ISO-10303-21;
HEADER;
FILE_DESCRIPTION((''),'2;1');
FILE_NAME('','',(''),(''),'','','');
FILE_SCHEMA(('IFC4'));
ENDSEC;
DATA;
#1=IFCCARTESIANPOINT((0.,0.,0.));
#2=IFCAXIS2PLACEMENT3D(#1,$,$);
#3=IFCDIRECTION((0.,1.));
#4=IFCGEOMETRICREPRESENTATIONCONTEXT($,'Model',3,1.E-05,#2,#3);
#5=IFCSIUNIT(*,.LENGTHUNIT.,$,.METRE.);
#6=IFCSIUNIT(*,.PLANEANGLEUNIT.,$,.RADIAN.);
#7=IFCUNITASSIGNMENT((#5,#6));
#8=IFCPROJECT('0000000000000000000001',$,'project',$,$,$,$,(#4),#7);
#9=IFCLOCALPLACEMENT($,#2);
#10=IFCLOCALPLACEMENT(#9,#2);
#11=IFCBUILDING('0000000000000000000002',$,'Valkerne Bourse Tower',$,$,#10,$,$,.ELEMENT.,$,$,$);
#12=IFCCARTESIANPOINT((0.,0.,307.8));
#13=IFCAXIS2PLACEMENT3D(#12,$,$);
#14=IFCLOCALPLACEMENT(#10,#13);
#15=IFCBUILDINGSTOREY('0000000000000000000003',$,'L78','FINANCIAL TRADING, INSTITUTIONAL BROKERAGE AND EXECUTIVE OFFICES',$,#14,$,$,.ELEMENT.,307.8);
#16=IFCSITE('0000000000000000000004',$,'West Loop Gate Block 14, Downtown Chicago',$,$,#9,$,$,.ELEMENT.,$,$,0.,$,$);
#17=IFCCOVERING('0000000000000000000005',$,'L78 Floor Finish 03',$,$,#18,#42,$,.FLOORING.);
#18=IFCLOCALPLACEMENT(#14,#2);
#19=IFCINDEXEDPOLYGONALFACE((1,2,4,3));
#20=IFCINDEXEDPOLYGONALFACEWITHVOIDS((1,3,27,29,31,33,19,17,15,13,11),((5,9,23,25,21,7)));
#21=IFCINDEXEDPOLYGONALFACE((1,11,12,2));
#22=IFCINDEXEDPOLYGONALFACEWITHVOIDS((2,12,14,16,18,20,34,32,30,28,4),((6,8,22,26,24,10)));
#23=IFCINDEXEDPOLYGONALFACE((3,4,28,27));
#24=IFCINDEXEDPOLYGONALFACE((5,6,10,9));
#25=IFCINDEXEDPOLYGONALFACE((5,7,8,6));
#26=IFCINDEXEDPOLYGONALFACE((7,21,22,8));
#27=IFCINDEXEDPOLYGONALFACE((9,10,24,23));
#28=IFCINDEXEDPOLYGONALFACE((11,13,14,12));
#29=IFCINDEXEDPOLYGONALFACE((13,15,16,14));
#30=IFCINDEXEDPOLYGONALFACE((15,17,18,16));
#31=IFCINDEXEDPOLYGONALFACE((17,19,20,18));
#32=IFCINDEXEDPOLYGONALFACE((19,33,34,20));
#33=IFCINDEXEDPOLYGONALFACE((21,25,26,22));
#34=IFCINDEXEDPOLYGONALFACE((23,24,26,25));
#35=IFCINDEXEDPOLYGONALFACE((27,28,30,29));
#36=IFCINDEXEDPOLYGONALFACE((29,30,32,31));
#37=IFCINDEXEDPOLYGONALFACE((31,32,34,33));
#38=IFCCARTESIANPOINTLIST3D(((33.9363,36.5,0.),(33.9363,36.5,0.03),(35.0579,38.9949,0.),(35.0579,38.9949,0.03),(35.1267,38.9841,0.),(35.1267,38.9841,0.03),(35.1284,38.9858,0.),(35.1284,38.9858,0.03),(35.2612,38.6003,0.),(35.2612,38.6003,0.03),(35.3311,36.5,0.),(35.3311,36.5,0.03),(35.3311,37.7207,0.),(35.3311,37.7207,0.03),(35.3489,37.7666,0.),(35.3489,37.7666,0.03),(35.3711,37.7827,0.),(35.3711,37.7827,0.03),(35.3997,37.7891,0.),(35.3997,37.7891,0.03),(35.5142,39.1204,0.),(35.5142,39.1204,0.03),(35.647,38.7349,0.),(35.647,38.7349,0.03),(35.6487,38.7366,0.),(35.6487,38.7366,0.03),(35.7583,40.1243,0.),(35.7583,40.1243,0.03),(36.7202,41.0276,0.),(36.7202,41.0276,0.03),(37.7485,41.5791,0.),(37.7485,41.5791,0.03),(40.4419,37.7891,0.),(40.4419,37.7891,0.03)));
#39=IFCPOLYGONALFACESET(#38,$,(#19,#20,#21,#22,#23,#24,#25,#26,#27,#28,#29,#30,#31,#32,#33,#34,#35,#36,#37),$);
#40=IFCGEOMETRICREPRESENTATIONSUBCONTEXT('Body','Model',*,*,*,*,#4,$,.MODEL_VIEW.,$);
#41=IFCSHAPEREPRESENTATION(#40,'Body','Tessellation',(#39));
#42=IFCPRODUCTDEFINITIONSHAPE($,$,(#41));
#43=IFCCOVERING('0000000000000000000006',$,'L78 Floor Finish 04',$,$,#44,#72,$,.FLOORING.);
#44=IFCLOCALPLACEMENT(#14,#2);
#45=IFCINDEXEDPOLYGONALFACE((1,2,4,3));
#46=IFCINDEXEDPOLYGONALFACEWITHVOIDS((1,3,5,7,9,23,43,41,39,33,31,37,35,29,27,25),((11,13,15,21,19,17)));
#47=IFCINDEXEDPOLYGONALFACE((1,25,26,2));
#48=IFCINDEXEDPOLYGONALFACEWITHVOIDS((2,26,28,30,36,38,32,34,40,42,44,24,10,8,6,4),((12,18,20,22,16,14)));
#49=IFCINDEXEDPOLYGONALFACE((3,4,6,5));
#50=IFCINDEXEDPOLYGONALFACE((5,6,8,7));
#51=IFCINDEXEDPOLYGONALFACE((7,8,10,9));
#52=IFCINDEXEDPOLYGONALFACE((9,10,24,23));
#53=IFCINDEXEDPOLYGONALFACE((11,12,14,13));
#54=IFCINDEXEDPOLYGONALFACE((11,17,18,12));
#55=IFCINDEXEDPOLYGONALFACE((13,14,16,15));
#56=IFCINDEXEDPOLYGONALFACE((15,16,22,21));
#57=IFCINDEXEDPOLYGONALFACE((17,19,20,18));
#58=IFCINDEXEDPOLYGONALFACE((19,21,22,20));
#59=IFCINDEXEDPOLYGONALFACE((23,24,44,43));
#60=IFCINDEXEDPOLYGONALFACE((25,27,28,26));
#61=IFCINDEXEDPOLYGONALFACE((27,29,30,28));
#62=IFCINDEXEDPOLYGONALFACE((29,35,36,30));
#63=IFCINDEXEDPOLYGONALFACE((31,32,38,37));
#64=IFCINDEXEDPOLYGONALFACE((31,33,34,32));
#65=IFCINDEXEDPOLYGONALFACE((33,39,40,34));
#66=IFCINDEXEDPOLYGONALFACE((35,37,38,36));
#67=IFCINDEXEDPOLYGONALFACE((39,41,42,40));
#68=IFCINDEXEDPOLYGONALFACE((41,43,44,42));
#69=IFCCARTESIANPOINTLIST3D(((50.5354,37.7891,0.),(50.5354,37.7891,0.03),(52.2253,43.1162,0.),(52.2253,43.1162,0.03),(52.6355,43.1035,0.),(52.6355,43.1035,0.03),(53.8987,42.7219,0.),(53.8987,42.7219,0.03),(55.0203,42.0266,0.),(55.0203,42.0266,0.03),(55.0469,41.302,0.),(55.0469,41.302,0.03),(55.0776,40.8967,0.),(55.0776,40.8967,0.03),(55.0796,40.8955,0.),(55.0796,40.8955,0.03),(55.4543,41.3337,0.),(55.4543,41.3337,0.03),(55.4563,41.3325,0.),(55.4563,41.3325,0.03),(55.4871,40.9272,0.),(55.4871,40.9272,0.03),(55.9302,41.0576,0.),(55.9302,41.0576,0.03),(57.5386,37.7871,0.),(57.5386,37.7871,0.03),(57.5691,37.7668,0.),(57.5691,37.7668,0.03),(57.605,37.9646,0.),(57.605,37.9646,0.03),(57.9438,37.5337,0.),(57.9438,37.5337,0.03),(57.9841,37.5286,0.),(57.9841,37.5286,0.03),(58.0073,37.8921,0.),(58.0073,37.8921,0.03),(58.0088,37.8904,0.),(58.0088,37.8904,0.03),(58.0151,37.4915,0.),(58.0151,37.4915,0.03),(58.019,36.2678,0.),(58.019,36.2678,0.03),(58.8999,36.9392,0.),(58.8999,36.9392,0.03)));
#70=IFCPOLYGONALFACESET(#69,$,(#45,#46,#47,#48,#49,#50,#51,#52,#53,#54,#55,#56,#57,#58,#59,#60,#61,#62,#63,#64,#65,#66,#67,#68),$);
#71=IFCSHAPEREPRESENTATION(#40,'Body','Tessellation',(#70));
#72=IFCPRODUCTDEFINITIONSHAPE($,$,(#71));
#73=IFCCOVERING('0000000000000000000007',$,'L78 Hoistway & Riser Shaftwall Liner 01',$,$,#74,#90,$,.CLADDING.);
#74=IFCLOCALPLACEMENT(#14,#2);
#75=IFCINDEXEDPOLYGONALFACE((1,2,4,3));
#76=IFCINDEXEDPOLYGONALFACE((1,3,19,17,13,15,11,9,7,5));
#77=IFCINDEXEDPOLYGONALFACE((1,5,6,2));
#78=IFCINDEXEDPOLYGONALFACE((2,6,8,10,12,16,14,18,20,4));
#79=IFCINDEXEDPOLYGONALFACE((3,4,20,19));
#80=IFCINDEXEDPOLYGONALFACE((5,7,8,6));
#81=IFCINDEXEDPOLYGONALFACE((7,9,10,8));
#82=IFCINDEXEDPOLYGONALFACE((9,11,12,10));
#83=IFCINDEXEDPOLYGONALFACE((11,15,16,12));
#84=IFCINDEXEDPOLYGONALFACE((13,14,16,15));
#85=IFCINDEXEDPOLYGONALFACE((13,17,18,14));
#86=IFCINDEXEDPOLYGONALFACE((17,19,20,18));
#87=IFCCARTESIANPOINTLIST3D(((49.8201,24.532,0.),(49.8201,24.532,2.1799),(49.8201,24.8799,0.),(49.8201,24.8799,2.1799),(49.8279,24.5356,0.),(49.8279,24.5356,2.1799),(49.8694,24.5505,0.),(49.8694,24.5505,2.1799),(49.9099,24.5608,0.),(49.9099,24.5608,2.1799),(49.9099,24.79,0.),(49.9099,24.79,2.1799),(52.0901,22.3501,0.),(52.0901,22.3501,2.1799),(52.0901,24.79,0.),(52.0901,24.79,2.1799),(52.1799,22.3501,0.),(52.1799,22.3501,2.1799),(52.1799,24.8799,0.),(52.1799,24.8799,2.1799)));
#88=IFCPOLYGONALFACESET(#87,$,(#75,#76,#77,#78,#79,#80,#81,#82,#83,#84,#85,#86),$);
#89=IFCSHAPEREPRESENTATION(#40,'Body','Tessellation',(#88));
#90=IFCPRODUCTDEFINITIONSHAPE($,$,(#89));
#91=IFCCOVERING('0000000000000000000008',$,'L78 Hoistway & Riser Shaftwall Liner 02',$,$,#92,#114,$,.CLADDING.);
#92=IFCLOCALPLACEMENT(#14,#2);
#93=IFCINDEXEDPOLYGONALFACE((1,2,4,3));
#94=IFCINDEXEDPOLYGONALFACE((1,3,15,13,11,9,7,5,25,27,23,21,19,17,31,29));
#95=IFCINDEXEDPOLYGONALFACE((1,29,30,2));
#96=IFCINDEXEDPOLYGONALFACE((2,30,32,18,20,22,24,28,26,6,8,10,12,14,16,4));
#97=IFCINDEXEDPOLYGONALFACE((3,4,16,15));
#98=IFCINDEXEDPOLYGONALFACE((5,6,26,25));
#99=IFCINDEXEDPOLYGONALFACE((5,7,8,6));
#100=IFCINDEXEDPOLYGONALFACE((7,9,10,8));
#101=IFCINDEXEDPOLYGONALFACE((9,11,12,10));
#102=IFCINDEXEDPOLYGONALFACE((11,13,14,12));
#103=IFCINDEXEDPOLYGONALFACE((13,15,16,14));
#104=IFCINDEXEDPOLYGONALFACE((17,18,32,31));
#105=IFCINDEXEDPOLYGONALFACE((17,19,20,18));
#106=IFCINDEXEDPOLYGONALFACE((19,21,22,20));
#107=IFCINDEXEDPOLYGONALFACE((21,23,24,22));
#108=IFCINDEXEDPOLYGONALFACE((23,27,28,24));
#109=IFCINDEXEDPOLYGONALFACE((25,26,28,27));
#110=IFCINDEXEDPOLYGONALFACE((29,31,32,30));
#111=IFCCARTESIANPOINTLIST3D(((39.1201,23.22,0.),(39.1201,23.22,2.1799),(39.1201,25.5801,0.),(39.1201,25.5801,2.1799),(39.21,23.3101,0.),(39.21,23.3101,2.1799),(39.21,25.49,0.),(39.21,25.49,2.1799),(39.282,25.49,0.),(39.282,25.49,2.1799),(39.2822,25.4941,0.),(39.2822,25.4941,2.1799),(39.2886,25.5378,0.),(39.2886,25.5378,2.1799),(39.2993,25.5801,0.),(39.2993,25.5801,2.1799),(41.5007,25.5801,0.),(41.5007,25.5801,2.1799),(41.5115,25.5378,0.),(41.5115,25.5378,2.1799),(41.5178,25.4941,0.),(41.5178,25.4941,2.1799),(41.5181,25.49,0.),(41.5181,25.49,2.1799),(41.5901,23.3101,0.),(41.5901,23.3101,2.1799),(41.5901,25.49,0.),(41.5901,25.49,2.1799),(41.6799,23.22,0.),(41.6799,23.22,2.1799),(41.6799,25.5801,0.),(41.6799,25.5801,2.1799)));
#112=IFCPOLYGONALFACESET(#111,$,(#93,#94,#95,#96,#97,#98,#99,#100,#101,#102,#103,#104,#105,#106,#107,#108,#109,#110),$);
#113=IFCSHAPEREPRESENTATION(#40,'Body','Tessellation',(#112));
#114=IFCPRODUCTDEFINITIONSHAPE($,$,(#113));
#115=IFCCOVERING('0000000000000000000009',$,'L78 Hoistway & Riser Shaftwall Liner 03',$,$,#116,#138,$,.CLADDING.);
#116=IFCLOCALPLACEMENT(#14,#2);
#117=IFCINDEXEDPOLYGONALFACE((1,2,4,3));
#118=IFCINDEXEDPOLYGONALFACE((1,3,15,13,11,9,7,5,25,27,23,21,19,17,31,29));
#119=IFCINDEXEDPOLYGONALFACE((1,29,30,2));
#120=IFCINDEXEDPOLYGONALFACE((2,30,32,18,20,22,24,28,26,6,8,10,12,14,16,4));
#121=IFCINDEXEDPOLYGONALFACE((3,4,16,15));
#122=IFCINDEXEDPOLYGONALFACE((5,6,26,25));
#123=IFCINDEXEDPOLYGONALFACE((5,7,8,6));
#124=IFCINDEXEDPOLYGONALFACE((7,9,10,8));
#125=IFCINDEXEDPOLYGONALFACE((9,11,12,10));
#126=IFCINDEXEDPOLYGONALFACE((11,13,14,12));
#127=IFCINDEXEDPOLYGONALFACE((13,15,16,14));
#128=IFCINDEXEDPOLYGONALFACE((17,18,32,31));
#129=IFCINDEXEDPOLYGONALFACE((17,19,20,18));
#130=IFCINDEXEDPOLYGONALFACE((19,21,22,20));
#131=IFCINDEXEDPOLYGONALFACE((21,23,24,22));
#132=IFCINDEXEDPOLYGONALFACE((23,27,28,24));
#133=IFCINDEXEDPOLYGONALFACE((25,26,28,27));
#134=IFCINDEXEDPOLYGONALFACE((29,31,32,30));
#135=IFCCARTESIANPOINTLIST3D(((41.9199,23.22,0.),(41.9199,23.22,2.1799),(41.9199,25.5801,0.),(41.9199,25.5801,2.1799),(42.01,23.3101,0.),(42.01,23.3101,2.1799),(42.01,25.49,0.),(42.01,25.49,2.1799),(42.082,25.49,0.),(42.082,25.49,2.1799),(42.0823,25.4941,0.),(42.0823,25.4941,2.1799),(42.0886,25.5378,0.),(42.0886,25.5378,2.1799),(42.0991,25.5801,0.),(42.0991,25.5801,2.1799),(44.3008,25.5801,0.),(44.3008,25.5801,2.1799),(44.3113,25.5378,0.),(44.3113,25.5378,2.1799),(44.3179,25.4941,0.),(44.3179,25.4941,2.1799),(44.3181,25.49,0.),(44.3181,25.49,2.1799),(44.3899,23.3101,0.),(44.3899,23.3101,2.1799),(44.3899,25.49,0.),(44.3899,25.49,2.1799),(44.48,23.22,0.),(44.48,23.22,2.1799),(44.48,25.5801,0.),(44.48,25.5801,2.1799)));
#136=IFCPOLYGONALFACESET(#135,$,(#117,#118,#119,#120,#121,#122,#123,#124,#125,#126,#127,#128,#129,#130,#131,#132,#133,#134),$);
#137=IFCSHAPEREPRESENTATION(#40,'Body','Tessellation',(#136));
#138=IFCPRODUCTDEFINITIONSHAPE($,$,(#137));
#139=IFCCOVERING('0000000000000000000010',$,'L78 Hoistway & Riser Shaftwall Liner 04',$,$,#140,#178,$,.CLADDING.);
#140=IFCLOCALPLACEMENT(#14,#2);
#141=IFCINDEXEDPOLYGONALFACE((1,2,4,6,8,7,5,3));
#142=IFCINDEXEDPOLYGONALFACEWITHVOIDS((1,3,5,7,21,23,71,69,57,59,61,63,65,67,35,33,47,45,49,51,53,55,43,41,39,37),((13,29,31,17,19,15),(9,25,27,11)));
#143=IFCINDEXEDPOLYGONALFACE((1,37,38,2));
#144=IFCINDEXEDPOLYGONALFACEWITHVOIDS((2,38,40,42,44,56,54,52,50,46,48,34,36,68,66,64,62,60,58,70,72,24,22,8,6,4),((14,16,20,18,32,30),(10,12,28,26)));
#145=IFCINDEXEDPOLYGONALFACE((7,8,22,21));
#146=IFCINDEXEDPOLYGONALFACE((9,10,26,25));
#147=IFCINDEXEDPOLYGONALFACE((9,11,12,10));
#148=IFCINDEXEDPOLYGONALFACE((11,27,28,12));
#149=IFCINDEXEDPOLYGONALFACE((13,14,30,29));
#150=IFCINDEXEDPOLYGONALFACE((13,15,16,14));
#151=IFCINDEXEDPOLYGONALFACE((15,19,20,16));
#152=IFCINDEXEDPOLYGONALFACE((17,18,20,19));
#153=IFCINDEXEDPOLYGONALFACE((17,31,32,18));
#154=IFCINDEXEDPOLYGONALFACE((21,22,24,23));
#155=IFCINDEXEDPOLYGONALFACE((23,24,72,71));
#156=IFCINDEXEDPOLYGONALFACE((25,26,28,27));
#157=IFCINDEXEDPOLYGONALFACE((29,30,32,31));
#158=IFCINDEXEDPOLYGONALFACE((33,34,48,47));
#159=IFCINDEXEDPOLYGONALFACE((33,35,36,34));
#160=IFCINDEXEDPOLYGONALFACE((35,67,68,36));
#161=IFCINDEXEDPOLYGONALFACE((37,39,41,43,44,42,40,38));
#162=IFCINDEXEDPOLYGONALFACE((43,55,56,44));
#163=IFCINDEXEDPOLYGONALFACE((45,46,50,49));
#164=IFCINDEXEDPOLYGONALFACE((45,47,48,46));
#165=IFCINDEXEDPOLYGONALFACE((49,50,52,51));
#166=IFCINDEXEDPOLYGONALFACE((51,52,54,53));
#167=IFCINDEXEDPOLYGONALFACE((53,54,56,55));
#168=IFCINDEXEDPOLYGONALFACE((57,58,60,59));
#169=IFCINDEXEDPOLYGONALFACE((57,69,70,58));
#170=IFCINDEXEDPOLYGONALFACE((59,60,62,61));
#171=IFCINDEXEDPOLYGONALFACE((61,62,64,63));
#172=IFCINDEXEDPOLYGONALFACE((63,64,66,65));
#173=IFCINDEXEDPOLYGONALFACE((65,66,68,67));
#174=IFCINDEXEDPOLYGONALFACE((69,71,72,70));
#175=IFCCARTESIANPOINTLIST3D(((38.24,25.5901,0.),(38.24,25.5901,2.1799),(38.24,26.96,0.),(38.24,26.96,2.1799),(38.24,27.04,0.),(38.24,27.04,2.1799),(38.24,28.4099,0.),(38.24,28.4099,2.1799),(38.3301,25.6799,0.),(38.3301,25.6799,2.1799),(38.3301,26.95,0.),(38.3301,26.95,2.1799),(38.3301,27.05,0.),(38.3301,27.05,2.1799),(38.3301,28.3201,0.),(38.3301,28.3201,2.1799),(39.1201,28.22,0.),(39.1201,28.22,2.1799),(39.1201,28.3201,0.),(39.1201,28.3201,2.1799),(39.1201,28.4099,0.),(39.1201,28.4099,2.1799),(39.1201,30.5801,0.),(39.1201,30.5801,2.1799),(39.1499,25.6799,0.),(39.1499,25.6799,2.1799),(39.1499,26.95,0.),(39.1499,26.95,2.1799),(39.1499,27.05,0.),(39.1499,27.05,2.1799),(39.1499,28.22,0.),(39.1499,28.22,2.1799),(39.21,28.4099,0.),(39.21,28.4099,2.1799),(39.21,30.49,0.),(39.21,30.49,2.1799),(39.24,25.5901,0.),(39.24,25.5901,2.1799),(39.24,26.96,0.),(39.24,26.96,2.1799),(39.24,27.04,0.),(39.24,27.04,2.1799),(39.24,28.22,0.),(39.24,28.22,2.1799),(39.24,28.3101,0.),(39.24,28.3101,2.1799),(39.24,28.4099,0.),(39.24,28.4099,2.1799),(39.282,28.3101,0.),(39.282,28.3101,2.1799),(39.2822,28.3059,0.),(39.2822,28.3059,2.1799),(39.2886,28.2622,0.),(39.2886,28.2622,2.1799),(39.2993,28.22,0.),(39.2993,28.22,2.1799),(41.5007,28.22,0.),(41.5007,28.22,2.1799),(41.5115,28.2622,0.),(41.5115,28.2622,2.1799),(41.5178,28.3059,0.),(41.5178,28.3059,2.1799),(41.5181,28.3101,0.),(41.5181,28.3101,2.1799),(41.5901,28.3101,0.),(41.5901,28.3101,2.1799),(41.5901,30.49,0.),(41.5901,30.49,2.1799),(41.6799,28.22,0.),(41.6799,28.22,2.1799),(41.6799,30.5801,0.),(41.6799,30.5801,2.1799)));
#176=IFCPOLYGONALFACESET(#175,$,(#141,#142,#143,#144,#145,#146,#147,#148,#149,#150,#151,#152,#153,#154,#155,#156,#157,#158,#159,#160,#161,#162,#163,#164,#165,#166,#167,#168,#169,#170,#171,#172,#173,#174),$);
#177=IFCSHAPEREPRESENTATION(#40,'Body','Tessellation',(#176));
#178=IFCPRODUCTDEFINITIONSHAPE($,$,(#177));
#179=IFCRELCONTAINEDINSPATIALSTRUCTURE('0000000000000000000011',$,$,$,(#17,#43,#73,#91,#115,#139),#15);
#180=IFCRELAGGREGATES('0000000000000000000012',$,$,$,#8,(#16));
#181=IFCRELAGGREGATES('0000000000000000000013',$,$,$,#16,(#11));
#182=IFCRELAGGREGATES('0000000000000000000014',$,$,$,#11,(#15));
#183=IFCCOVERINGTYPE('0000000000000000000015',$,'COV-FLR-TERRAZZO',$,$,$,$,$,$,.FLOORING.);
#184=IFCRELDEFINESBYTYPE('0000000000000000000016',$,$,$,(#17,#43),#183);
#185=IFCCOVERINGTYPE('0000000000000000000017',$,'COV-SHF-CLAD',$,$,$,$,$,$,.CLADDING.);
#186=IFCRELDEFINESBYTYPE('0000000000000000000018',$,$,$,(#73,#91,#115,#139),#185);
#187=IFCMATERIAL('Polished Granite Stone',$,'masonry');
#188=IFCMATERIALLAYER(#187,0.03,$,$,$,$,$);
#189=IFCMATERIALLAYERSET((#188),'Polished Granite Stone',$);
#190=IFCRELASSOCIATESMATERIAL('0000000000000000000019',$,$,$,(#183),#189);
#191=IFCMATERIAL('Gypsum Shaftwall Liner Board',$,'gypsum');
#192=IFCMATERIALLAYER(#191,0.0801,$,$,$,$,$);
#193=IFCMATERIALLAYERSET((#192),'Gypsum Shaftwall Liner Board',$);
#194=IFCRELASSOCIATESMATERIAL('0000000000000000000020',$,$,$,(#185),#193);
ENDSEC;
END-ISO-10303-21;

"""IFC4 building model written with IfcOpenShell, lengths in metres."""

from ifc_helpers import new_model, si_unit, direction, frame, origin, place, context, subcontext, project, spatial, polyline, outline, extrude, material, layer, layer_set, type_object, element, save


model = new_model("IFC4")

# Units and contexts
model_context = context("Model", 3, precision=1e-05, world=origin(), true_north=direction((0.0, 1.0)))
body_context = subcontext(model_context, "Body", "Model", "MODEL_VIEW")
ifc_project = project(units=[si_unit("LENGTHUNIT", "METRE"), si_unit("PLANEANGLEUNIT", "RADIAN")], contexts=[model_context])

# Site, building, storey
site_placement = place(None, origin())
site = spatial("IfcSite", under=ifc_project, at=site_placement, Name="West Loop Gate Block 14, Downtown Chicago", CompositionType="ELEMENT", RefElevation=0.0)
building_placement = place(site_placement, origin())
building = spatial("IfcBuilding", under=site, at=building_placement, Name="Valkerne Bourse Tower", CompositionType="ELEMENT")
storey_placement = place(building_placement, frame((0.0, 0.0, 307.8)))
storey = spatial("IfcBuildingStorey", under=building, at=storey_placement, Name="L78", Description="FINANCIAL TRADING, INSTITUTIONAL BROKERAGE AND EXECUTIVE OFFICES", CompositionType="ELEMENT", Elevation=307.8)

# Coverings
ifc_material_1 = material(Name="Polished Granite Stone", Category="masonry")
ifc_layer_1 = layer(ifc_material_1, 0.03)
ifc_layer_set_1 = layer_set([ifc_layer_1], Name="Polished Granite Stone")
covering_type_1 = type_object("IfcCoveringType", Name="COV-FLR-TERRAZZO", PredefinedType="FLOORING", material=ifc_layer_set_1)
covering_1_placement = place(storey_placement, origin())
element("IfcCovering", 1, at=covering_1_placement, inside=storey, type_object=covering_type_1, Name="L78 Floor Finish 03", PredefinedType="FLOORING", context=body_context, shape_type="SweptSolid", body=[
    extrude(outline(polyline([(36.7202, 41.0276), (37.7485, 41.5791), (40.4419, 37.7891), (35.3997, 37.7891), (35.3711, 37.7827), (35.3489, 37.7666), (35.3311, 37.7207), (35.3311, 36.5), (33.9363, 36.5), (35.0579, 38.9949), (35.7583, 40.1243), (36.7202, 41.0276)]), holes=[polyline([(35.647, 38.7349), (35.6487, 38.7366), (35.5142, 39.1204), (35.1284, 38.9858), (35.1267, 38.9841), (35.2612, 38.6003), (35.647, 38.7349)])]), origin(), (0.0, 0.0, 1.0), 0.03),
])
covering_2_placement = place(storey_placement, origin())
element("IfcCovering", 2, at=covering_2_placement, inside=storey, type_object=covering_type_1, Name="L78 Floor Finish 04", PredefinedType="FLOORING", context=body_context, shape_type="SweptSolid", body=[
    extrude(outline(polyline([(55.0203, 42.0266), (55.9302, 41.0576), (58.8999, 36.9392), (58.019, 36.2678), (58.0151, 37.4915), (57.9841, 37.5286), (57.9438, 37.5337), (58.0088, 37.8904), (58.0073, 37.8921), (57.605, 37.9646), (57.5691, 37.7668), (57.5386, 37.7871), (50.5354, 37.7891), (52.2253, 43.1162), (52.6355, 43.1035), (53.8987, 42.7219), (55.0203, 42.0266)]), holes=[polyline([(55.4563, 41.3325), (55.4543, 41.3337), (55.0469, 41.302), (55.0776, 40.8967), (55.0796, 40.8955), (55.4871, 40.9272), (55.4563, 41.3325)])]), origin(), (0.0, 0.0, 1.0), 0.03),
])
ifc_material_2 = material(Name="Gypsum Shaftwall Liner Board", Category="gypsum")
ifc_layer_2 = layer(ifc_material_2, 0.0801)
ifc_layer_set_2 = layer_set([ifc_layer_2], Name="Gypsum Shaftwall Liner Board")
covering_type_2 = type_object("IfcCoveringType", Name="COV-SHF-CLAD", PredefinedType="CLADDING", material=ifc_layer_set_2)
covering_3_placement = place(storey_placement, origin())
element("IfcCovering", 3, at=covering_3_placement, inside=storey, type_object=covering_type_2, Name="L78 Hoistway & Riser Shaftwall Liner 01", PredefinedType="CLADDING", context=body_context, shape_type="SweptSolid", body=[
    extrude(outline(polyline([(52.1799, 24.8799), (52.1799, 22.3501), (52.0901, 22.3501), (52.0901, 24.79), (49.9099, 24.79), (49.9099, 24.5608), (49.8694, 24.5505), (49.8279, 24.5356), (49.8201, 24.532), (49.8201, 24.8799), (52.1799, 24.8799)])), origin(), (0.0, 0.0, 1.0), 2.1799),
])
covering_4_placement = place(storey_placement, origin())
element("IfcCovering", 4, at=covering_4_placement, inside=storey, type_object=covering_type_2, Name="L78 Hoistway & Riser Shaftwall Liner 02", PredefinedType="CLADDING", context=body_context, shape_type="SweptSolid", body=[
    extrude(outline(polyline([(39.2993, 25.5801), (39.2886, 25.5378), (39.2822, 25.4941), (39.282, 25.49), (39.21, 25.49), (39.21, 23.3101), (41.5901, 23.3101), (41.5901, 25.49), (41.5181, 25.49), (41.5178, 25.4941), (41.5115, 25.5378), (41.5007, 25.5801), (41.6799, 25.5801), (41.6799, 23.22), (39.1201, 23.22), (39.1201, 25.5801), (39.2993, 25.5801)])), origin(), (0.0, 0.0, 1.0), 2.1799),
])
covering_5_placement = place(storey_placement, origin())
element("IfcCovering", 5, at=covering_5_placement, inside=storey, type_object=covering_type_2, Name="L78 Hoistway & Riser Shaftwall Liner 03", PredefinedType="CLADDING", context=body_context, shape_type="SweptSolid", body=[
    extrude(outline(polyline([(42.0991, 25.5801), (42.0886, 25.5378), (42.0823, 25.4941), (42.082, 25.49), (42.01, 25.49), (42.01, 23.3101), (44.3899, 23.3101), (44.3899, 25.49), (44.3181, 25.49), (44.3179, 25.4941), (44.3113, 25.5378), (44.3008, 25.5801), (44.48, 25.5801), (44.48, 23.22), (41.9199, 23.22), (41.9199, 25.5801), (42.0991, 25.5801)])), origin(), (0.0, 0.0, 1.0), 2.1799),
])
covering_6_placement = place(storey_placement, origin())
element("IfcCovering", 6, at=covering_6_placement, inside=storey, type_object=covering_type_2, Name="L78 Hoistway & Riser Shaftwall Liner 04", PredefinedType="CLADDING", context=body_context, shape_type="SweptSolid", body=[
    extrude(outline(polyline([(38.24, 27.04), (38.24, 28.4099), (39.1201, 28.4099), (39.1201, 30.5801), (41.6799, 30.5801), (41.6799, 28.22), (41.5007, 28.22), (41.5115, 28.2622), (41.5178, 28.3059), (41.5181, 28.3101), (41.5901, 28.3101), (41.5901, 30.49), (39.21, 30.49), (39.21, 28.4099), (39.24, 28.4099), (39.24, 28.3101), (39.282, 28.3101), (39.2822, 28.3059), (39.2886, 28.2622), (39.2993, 28.22), (39.24, 28.22), (39.24, 27.04), (39.24, 26.96), (39.24, 25.5901), (38.24, 25.5901), (38.24, 26.96), (38.24, 27.04)]), holes=[polyline([(39.1499, 26.95), (38.3301, 26.95), (38.3301, 25.6799), (39.1499, 25.6799), (39.1499, 26.95)]), polyline([(39.1499, 28.22), (39.1201, 28.22), (39.1201, 28.3201), (38.3301, 28.3201), (38.3301, 27.05), (39.1499, 27.05), (39.1499, 28.22)])]), origin(), (0.0, 0.0, 1.0), 2.1799),
])

save(model, "model.ifc")
